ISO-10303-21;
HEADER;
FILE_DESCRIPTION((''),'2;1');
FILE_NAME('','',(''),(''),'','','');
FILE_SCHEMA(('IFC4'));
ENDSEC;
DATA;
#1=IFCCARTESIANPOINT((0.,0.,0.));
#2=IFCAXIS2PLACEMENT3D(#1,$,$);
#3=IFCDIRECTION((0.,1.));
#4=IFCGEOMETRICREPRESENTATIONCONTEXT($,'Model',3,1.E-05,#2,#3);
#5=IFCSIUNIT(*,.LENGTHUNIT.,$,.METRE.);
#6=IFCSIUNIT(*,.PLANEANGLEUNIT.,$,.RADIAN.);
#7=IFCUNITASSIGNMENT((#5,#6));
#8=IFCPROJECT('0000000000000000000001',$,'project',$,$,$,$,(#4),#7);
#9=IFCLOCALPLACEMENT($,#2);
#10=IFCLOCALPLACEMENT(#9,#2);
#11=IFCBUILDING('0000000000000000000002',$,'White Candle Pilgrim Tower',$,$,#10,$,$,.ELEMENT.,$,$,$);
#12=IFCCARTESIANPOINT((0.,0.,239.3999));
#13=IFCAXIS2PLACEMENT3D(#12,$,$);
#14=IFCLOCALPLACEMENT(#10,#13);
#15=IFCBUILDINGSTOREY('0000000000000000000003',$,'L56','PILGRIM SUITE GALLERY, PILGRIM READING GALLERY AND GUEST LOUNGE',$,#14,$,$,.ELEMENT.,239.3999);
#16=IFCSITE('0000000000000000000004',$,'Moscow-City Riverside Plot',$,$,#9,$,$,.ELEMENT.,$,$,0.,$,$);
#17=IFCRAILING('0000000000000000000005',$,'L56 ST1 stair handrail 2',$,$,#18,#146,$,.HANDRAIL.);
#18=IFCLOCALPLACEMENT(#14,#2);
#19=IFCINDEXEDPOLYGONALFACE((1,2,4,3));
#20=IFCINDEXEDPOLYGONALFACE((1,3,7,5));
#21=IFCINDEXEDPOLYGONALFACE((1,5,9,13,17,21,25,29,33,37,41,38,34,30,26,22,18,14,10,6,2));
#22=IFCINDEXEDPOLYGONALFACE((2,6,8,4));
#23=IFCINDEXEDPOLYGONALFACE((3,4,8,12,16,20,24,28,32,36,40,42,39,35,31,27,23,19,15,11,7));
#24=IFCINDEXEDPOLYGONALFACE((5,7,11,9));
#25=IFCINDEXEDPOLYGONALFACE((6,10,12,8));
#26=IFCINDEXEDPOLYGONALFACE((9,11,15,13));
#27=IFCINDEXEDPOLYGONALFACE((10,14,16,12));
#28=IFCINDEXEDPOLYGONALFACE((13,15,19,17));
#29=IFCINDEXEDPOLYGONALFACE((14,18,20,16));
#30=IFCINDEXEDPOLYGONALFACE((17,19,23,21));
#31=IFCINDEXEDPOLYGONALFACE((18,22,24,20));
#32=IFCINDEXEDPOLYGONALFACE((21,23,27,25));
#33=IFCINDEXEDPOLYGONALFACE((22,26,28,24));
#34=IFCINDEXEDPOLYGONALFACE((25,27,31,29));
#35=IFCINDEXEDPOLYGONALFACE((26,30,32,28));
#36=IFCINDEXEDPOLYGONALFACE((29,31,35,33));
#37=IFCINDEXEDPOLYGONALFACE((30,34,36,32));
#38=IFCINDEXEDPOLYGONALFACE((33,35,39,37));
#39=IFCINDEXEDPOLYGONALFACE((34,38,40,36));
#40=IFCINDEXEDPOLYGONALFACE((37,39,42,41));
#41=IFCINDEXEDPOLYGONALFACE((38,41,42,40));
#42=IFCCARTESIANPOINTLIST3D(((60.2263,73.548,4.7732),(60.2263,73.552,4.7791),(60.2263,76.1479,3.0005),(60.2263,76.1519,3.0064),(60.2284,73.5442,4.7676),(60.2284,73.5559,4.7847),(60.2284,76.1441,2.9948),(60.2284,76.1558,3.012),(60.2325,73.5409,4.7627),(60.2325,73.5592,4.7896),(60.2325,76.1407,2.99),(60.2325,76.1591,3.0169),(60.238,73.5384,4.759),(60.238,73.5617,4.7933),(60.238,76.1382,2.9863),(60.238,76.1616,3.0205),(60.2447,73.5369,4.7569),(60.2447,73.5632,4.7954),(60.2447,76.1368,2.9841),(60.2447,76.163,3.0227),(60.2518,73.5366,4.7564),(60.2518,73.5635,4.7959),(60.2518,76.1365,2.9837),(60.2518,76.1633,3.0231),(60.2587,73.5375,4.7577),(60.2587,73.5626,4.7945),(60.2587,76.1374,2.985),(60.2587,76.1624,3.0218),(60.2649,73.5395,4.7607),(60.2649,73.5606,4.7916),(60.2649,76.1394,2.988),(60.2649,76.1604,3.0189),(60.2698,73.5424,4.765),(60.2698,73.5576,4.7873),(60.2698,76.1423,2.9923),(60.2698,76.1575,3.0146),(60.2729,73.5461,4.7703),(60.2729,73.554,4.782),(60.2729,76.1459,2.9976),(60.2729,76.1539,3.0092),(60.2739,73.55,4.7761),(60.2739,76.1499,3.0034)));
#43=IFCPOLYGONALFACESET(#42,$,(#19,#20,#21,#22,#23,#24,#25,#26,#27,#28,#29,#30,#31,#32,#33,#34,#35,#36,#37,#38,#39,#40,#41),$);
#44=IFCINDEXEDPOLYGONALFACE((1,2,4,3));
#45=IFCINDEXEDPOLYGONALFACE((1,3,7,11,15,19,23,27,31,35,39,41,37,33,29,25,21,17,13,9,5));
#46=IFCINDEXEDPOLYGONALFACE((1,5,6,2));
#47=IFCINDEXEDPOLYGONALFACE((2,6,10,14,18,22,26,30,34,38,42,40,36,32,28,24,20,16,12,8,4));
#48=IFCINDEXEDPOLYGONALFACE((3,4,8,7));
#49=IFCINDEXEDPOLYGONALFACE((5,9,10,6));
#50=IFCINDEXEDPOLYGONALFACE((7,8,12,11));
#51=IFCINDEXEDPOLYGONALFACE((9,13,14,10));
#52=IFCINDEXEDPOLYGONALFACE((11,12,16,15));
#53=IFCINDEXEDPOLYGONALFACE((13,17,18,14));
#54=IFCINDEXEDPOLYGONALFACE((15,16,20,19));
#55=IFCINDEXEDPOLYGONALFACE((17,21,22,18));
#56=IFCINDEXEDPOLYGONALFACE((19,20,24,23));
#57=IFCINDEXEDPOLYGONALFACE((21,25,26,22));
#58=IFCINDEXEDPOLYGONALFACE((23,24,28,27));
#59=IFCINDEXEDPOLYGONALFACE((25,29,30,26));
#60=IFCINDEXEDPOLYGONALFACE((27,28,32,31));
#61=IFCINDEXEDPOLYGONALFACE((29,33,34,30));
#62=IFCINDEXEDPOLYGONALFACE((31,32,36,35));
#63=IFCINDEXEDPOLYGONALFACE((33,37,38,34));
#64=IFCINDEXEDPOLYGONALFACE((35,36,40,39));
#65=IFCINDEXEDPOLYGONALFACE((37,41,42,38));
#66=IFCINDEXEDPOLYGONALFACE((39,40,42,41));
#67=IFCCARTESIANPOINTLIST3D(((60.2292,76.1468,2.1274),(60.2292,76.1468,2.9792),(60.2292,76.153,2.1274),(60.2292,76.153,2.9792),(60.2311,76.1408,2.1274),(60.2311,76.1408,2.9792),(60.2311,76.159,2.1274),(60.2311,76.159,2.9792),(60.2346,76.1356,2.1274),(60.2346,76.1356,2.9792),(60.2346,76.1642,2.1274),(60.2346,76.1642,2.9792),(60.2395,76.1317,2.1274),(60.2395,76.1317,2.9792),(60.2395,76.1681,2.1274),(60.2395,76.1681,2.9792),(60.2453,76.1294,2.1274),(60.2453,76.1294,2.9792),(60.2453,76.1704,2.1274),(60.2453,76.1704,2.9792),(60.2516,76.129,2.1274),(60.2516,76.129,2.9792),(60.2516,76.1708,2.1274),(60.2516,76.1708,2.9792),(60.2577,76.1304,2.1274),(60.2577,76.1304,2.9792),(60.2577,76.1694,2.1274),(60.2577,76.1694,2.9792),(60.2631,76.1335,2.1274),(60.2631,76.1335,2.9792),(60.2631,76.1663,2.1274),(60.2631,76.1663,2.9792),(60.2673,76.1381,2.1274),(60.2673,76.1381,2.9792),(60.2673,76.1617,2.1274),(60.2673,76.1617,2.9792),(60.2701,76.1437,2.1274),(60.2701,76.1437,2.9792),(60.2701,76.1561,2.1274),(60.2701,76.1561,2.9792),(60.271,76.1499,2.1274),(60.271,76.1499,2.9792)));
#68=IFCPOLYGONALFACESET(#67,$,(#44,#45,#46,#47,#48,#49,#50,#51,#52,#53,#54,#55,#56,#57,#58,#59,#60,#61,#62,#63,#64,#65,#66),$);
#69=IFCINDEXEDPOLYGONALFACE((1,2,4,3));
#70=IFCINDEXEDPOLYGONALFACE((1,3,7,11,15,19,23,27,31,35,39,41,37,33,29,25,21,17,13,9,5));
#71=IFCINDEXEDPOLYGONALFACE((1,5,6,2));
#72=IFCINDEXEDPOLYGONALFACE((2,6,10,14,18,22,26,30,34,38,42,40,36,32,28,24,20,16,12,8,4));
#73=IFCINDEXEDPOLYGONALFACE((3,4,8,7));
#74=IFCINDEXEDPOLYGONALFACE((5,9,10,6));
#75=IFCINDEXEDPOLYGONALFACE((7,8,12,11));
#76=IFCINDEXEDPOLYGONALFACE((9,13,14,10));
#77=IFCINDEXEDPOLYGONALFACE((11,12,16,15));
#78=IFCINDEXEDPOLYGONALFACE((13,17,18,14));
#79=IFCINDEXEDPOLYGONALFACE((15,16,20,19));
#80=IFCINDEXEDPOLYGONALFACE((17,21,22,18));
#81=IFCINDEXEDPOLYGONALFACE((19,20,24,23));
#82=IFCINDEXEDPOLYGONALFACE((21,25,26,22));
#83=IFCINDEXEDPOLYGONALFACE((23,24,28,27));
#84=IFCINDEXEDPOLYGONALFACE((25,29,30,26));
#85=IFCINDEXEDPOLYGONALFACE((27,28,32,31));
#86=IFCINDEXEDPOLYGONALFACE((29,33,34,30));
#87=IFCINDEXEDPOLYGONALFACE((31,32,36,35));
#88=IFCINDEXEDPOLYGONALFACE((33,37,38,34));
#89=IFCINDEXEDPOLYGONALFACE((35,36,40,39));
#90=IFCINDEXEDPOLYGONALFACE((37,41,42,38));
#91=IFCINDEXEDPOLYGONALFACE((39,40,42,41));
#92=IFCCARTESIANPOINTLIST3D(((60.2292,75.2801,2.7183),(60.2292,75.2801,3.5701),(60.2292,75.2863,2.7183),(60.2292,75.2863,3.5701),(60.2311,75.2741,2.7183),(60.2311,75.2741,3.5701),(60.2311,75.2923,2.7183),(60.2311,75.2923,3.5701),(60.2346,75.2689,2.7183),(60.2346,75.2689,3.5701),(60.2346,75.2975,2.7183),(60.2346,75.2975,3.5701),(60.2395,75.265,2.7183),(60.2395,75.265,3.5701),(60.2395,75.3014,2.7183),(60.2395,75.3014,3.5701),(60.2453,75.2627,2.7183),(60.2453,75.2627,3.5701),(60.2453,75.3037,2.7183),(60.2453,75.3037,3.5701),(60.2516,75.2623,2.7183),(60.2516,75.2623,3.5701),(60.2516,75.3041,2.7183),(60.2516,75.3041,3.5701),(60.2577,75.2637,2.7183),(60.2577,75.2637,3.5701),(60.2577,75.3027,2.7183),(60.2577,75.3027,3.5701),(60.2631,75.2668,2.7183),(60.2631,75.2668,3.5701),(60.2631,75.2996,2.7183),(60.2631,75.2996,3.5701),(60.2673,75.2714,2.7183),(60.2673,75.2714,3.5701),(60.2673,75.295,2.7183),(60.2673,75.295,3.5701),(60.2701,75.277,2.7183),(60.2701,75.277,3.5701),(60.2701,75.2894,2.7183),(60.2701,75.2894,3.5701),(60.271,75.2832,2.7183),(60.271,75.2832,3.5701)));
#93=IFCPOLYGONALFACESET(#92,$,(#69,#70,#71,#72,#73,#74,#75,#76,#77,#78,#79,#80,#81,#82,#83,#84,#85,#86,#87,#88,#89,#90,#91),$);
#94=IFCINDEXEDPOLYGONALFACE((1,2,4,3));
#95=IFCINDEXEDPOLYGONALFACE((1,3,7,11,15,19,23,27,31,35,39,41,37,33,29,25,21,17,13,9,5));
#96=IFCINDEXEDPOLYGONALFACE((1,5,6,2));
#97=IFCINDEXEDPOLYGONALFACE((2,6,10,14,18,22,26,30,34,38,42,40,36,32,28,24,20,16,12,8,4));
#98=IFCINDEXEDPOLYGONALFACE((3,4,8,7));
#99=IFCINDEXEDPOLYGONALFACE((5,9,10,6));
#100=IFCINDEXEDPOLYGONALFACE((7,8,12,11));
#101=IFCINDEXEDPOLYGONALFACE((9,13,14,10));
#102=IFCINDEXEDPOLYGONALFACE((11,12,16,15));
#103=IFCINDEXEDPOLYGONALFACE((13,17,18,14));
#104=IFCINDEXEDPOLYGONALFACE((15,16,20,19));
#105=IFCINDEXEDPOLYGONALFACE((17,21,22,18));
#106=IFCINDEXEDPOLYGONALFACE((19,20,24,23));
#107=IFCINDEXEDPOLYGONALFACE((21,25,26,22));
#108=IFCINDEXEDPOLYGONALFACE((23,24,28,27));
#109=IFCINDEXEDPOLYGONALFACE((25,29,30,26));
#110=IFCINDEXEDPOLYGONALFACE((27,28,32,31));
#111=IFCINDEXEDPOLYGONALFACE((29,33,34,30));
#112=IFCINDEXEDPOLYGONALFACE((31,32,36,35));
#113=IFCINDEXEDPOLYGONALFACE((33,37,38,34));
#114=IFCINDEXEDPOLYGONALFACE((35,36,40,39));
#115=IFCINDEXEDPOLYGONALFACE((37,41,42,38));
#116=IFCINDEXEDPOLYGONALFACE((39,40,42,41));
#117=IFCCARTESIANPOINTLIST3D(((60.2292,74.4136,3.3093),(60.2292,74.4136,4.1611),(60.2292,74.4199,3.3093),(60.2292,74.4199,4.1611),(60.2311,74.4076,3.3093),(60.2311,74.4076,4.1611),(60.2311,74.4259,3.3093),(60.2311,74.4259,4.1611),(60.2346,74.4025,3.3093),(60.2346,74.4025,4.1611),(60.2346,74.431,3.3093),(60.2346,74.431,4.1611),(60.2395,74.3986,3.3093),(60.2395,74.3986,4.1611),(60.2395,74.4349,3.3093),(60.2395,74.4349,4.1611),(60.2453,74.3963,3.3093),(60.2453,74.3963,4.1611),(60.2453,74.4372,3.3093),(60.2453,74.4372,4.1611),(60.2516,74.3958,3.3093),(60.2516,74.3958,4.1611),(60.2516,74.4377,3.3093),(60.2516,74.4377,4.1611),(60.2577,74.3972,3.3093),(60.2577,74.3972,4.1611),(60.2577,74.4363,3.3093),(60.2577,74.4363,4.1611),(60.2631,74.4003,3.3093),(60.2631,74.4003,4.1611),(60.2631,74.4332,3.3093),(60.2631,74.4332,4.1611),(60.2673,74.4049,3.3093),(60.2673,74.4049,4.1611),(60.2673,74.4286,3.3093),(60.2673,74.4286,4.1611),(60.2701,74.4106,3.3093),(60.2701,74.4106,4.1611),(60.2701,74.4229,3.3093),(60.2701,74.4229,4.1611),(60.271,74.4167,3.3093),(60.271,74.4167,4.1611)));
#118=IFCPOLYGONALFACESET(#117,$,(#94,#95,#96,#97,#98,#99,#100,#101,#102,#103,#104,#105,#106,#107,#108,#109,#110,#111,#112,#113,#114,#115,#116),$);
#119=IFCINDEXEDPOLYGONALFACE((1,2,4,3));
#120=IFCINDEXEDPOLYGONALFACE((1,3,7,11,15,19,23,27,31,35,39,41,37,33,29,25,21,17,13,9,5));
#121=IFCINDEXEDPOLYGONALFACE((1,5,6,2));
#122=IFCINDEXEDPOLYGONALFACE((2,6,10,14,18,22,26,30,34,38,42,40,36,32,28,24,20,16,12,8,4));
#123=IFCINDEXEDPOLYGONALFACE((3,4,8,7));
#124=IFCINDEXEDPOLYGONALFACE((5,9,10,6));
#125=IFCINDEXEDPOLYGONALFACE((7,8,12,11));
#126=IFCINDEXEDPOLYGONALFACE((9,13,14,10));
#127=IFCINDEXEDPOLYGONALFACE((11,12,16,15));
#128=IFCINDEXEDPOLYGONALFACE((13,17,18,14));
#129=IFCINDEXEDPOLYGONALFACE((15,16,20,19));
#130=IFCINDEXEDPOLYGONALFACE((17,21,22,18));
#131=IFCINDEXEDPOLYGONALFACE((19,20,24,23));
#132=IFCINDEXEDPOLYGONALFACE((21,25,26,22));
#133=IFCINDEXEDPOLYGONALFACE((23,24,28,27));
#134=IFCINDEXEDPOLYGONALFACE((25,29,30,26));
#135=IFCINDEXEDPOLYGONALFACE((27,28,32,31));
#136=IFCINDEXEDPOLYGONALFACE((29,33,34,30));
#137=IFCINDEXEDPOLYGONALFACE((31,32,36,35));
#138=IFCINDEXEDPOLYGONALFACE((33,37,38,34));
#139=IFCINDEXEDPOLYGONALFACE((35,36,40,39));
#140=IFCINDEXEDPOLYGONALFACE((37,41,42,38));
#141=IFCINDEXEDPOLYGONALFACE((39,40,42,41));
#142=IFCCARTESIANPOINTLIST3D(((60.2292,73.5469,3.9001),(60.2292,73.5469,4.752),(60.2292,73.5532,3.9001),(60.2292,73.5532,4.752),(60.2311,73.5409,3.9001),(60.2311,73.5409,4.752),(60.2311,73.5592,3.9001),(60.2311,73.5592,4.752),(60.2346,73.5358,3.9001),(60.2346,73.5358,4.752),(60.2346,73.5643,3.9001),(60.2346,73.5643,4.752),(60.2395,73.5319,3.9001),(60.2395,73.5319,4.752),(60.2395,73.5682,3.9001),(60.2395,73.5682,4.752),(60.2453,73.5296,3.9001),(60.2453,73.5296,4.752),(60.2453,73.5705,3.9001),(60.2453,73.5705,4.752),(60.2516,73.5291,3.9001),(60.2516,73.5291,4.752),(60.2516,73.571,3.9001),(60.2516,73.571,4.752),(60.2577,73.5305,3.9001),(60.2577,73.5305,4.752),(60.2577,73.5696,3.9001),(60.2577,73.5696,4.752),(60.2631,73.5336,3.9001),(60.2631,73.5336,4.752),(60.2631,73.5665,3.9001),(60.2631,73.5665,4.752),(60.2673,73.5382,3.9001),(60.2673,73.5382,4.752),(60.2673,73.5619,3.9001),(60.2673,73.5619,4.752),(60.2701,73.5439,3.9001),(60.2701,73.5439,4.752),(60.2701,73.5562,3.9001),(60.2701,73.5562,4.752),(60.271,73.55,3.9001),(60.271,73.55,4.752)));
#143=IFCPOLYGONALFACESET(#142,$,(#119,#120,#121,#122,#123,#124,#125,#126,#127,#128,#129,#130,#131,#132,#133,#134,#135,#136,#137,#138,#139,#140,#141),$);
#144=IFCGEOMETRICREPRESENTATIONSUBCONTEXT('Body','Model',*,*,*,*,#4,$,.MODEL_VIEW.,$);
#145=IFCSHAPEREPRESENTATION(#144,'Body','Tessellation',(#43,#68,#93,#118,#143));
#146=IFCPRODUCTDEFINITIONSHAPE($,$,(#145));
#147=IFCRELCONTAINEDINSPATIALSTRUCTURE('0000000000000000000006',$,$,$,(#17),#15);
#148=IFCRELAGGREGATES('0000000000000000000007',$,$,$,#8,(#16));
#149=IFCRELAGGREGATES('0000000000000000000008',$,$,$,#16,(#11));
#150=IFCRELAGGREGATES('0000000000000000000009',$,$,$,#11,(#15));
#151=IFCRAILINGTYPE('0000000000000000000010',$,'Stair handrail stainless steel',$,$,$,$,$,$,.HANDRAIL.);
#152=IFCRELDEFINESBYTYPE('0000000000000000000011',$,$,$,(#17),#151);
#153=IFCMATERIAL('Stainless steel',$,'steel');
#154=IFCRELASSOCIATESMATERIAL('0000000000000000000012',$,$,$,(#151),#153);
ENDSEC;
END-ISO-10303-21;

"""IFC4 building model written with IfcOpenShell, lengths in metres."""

from ifc_helpers import new_model, si_unit, direction, frame, origin, origin_2d, place, context, subcontext, project, spatial, circle, extrude, material, type_object, element, save


model = new_model("IFC4")

# Units and contexts
model_context = context("Model", 3, precision=1e-05, world=origin(), true_north=direction((0.0, 1.0)))
body_context = subcontext(model_context, "Body", "Model", "MODEL_VIEW")
ifc_project = project(units=[si_unit("LENGTHUNIT", "METRE"), si_unit("PLANEANGLEUNIT", "RADIAN")], contexts=[model_context])

# Site, building, storey
site_placement = place(None, origin())
site = spatial("IfcSite", under=ifc_project, at=site_placement, Name="Moscow-City Riverside Plot", CompositionType="ELEMENT", RefElevation=0.0)
building_placement = place(site_placement, origin())
building = spatial("IfcBuilding", under=site, at=building_placement, Name="White Candle Pilgrim Tower", CompositionType="ELEMENT")
storey_placement = place(building_placement, frame((0.0, 0.0, 239.3999)))
storey = spatial("IfcBuildingStorey", under=building, at=storey_placement, Name="L56", Description="PILGRIM SUITE GALLERY, PILGRIM READING GALLERY AND GUEST LOUNGE", CompositionType="ELEMENT", Elevation=239.3999)

# Shared definitions
ifc_material_1 = material(Name="Stainless steel", Category="steel")

# Railing
railing_type_1 = type_object("IfcRailingType", Name="Stair handrail stainless steel", PredefinedType="HANDRAIL", material=ifc_material_1)
railing_1_placement = place(storey_placement, frame((60.25, 76.1499, 2.1274)))
element("IfcRailing", 1, at=railing_1_placement, inside=storey, type_object=railing_type_1, Name="L56 ST1 stair handrail 2", PredefinedType="HANDRAIL", context=body_context, shape_type="SweptSolid", body=[
    extrude(circle(Radius=0.0239, at=origin_2d()), frame((0.0, 0.0, 0.876), z_axis=(0.0, -0.826216, 0.563354), x_axis=(1.0, 0.0, 0.0)), (0.0, 0.0, 1.0), 3.1467),
    extrude(circle(Radius=0.021, at=origin_2d()), origin(), (0.0, 0.0, 1.0), 0.8518),
    extrude(circle(Radius=0.021, at=origin_2d()), frame((0.0, -0.8667, 0.5908)), (0.0, 0.0, 1.0), 0.8518),
    extrude(circle(Radius=0.021, at=origin_2d()), frame((0.0, -1.7332, 1.1819)), (0.0, 0.0, 1.0), 0.8518),
    extrude(circle(Radius=0.021, at=origin_2d()), frame((0.0, -2.5999, 1.7727)), (0.0, 0.0, 1.0), 0.8518),
])

save(model, "model.ifc")
